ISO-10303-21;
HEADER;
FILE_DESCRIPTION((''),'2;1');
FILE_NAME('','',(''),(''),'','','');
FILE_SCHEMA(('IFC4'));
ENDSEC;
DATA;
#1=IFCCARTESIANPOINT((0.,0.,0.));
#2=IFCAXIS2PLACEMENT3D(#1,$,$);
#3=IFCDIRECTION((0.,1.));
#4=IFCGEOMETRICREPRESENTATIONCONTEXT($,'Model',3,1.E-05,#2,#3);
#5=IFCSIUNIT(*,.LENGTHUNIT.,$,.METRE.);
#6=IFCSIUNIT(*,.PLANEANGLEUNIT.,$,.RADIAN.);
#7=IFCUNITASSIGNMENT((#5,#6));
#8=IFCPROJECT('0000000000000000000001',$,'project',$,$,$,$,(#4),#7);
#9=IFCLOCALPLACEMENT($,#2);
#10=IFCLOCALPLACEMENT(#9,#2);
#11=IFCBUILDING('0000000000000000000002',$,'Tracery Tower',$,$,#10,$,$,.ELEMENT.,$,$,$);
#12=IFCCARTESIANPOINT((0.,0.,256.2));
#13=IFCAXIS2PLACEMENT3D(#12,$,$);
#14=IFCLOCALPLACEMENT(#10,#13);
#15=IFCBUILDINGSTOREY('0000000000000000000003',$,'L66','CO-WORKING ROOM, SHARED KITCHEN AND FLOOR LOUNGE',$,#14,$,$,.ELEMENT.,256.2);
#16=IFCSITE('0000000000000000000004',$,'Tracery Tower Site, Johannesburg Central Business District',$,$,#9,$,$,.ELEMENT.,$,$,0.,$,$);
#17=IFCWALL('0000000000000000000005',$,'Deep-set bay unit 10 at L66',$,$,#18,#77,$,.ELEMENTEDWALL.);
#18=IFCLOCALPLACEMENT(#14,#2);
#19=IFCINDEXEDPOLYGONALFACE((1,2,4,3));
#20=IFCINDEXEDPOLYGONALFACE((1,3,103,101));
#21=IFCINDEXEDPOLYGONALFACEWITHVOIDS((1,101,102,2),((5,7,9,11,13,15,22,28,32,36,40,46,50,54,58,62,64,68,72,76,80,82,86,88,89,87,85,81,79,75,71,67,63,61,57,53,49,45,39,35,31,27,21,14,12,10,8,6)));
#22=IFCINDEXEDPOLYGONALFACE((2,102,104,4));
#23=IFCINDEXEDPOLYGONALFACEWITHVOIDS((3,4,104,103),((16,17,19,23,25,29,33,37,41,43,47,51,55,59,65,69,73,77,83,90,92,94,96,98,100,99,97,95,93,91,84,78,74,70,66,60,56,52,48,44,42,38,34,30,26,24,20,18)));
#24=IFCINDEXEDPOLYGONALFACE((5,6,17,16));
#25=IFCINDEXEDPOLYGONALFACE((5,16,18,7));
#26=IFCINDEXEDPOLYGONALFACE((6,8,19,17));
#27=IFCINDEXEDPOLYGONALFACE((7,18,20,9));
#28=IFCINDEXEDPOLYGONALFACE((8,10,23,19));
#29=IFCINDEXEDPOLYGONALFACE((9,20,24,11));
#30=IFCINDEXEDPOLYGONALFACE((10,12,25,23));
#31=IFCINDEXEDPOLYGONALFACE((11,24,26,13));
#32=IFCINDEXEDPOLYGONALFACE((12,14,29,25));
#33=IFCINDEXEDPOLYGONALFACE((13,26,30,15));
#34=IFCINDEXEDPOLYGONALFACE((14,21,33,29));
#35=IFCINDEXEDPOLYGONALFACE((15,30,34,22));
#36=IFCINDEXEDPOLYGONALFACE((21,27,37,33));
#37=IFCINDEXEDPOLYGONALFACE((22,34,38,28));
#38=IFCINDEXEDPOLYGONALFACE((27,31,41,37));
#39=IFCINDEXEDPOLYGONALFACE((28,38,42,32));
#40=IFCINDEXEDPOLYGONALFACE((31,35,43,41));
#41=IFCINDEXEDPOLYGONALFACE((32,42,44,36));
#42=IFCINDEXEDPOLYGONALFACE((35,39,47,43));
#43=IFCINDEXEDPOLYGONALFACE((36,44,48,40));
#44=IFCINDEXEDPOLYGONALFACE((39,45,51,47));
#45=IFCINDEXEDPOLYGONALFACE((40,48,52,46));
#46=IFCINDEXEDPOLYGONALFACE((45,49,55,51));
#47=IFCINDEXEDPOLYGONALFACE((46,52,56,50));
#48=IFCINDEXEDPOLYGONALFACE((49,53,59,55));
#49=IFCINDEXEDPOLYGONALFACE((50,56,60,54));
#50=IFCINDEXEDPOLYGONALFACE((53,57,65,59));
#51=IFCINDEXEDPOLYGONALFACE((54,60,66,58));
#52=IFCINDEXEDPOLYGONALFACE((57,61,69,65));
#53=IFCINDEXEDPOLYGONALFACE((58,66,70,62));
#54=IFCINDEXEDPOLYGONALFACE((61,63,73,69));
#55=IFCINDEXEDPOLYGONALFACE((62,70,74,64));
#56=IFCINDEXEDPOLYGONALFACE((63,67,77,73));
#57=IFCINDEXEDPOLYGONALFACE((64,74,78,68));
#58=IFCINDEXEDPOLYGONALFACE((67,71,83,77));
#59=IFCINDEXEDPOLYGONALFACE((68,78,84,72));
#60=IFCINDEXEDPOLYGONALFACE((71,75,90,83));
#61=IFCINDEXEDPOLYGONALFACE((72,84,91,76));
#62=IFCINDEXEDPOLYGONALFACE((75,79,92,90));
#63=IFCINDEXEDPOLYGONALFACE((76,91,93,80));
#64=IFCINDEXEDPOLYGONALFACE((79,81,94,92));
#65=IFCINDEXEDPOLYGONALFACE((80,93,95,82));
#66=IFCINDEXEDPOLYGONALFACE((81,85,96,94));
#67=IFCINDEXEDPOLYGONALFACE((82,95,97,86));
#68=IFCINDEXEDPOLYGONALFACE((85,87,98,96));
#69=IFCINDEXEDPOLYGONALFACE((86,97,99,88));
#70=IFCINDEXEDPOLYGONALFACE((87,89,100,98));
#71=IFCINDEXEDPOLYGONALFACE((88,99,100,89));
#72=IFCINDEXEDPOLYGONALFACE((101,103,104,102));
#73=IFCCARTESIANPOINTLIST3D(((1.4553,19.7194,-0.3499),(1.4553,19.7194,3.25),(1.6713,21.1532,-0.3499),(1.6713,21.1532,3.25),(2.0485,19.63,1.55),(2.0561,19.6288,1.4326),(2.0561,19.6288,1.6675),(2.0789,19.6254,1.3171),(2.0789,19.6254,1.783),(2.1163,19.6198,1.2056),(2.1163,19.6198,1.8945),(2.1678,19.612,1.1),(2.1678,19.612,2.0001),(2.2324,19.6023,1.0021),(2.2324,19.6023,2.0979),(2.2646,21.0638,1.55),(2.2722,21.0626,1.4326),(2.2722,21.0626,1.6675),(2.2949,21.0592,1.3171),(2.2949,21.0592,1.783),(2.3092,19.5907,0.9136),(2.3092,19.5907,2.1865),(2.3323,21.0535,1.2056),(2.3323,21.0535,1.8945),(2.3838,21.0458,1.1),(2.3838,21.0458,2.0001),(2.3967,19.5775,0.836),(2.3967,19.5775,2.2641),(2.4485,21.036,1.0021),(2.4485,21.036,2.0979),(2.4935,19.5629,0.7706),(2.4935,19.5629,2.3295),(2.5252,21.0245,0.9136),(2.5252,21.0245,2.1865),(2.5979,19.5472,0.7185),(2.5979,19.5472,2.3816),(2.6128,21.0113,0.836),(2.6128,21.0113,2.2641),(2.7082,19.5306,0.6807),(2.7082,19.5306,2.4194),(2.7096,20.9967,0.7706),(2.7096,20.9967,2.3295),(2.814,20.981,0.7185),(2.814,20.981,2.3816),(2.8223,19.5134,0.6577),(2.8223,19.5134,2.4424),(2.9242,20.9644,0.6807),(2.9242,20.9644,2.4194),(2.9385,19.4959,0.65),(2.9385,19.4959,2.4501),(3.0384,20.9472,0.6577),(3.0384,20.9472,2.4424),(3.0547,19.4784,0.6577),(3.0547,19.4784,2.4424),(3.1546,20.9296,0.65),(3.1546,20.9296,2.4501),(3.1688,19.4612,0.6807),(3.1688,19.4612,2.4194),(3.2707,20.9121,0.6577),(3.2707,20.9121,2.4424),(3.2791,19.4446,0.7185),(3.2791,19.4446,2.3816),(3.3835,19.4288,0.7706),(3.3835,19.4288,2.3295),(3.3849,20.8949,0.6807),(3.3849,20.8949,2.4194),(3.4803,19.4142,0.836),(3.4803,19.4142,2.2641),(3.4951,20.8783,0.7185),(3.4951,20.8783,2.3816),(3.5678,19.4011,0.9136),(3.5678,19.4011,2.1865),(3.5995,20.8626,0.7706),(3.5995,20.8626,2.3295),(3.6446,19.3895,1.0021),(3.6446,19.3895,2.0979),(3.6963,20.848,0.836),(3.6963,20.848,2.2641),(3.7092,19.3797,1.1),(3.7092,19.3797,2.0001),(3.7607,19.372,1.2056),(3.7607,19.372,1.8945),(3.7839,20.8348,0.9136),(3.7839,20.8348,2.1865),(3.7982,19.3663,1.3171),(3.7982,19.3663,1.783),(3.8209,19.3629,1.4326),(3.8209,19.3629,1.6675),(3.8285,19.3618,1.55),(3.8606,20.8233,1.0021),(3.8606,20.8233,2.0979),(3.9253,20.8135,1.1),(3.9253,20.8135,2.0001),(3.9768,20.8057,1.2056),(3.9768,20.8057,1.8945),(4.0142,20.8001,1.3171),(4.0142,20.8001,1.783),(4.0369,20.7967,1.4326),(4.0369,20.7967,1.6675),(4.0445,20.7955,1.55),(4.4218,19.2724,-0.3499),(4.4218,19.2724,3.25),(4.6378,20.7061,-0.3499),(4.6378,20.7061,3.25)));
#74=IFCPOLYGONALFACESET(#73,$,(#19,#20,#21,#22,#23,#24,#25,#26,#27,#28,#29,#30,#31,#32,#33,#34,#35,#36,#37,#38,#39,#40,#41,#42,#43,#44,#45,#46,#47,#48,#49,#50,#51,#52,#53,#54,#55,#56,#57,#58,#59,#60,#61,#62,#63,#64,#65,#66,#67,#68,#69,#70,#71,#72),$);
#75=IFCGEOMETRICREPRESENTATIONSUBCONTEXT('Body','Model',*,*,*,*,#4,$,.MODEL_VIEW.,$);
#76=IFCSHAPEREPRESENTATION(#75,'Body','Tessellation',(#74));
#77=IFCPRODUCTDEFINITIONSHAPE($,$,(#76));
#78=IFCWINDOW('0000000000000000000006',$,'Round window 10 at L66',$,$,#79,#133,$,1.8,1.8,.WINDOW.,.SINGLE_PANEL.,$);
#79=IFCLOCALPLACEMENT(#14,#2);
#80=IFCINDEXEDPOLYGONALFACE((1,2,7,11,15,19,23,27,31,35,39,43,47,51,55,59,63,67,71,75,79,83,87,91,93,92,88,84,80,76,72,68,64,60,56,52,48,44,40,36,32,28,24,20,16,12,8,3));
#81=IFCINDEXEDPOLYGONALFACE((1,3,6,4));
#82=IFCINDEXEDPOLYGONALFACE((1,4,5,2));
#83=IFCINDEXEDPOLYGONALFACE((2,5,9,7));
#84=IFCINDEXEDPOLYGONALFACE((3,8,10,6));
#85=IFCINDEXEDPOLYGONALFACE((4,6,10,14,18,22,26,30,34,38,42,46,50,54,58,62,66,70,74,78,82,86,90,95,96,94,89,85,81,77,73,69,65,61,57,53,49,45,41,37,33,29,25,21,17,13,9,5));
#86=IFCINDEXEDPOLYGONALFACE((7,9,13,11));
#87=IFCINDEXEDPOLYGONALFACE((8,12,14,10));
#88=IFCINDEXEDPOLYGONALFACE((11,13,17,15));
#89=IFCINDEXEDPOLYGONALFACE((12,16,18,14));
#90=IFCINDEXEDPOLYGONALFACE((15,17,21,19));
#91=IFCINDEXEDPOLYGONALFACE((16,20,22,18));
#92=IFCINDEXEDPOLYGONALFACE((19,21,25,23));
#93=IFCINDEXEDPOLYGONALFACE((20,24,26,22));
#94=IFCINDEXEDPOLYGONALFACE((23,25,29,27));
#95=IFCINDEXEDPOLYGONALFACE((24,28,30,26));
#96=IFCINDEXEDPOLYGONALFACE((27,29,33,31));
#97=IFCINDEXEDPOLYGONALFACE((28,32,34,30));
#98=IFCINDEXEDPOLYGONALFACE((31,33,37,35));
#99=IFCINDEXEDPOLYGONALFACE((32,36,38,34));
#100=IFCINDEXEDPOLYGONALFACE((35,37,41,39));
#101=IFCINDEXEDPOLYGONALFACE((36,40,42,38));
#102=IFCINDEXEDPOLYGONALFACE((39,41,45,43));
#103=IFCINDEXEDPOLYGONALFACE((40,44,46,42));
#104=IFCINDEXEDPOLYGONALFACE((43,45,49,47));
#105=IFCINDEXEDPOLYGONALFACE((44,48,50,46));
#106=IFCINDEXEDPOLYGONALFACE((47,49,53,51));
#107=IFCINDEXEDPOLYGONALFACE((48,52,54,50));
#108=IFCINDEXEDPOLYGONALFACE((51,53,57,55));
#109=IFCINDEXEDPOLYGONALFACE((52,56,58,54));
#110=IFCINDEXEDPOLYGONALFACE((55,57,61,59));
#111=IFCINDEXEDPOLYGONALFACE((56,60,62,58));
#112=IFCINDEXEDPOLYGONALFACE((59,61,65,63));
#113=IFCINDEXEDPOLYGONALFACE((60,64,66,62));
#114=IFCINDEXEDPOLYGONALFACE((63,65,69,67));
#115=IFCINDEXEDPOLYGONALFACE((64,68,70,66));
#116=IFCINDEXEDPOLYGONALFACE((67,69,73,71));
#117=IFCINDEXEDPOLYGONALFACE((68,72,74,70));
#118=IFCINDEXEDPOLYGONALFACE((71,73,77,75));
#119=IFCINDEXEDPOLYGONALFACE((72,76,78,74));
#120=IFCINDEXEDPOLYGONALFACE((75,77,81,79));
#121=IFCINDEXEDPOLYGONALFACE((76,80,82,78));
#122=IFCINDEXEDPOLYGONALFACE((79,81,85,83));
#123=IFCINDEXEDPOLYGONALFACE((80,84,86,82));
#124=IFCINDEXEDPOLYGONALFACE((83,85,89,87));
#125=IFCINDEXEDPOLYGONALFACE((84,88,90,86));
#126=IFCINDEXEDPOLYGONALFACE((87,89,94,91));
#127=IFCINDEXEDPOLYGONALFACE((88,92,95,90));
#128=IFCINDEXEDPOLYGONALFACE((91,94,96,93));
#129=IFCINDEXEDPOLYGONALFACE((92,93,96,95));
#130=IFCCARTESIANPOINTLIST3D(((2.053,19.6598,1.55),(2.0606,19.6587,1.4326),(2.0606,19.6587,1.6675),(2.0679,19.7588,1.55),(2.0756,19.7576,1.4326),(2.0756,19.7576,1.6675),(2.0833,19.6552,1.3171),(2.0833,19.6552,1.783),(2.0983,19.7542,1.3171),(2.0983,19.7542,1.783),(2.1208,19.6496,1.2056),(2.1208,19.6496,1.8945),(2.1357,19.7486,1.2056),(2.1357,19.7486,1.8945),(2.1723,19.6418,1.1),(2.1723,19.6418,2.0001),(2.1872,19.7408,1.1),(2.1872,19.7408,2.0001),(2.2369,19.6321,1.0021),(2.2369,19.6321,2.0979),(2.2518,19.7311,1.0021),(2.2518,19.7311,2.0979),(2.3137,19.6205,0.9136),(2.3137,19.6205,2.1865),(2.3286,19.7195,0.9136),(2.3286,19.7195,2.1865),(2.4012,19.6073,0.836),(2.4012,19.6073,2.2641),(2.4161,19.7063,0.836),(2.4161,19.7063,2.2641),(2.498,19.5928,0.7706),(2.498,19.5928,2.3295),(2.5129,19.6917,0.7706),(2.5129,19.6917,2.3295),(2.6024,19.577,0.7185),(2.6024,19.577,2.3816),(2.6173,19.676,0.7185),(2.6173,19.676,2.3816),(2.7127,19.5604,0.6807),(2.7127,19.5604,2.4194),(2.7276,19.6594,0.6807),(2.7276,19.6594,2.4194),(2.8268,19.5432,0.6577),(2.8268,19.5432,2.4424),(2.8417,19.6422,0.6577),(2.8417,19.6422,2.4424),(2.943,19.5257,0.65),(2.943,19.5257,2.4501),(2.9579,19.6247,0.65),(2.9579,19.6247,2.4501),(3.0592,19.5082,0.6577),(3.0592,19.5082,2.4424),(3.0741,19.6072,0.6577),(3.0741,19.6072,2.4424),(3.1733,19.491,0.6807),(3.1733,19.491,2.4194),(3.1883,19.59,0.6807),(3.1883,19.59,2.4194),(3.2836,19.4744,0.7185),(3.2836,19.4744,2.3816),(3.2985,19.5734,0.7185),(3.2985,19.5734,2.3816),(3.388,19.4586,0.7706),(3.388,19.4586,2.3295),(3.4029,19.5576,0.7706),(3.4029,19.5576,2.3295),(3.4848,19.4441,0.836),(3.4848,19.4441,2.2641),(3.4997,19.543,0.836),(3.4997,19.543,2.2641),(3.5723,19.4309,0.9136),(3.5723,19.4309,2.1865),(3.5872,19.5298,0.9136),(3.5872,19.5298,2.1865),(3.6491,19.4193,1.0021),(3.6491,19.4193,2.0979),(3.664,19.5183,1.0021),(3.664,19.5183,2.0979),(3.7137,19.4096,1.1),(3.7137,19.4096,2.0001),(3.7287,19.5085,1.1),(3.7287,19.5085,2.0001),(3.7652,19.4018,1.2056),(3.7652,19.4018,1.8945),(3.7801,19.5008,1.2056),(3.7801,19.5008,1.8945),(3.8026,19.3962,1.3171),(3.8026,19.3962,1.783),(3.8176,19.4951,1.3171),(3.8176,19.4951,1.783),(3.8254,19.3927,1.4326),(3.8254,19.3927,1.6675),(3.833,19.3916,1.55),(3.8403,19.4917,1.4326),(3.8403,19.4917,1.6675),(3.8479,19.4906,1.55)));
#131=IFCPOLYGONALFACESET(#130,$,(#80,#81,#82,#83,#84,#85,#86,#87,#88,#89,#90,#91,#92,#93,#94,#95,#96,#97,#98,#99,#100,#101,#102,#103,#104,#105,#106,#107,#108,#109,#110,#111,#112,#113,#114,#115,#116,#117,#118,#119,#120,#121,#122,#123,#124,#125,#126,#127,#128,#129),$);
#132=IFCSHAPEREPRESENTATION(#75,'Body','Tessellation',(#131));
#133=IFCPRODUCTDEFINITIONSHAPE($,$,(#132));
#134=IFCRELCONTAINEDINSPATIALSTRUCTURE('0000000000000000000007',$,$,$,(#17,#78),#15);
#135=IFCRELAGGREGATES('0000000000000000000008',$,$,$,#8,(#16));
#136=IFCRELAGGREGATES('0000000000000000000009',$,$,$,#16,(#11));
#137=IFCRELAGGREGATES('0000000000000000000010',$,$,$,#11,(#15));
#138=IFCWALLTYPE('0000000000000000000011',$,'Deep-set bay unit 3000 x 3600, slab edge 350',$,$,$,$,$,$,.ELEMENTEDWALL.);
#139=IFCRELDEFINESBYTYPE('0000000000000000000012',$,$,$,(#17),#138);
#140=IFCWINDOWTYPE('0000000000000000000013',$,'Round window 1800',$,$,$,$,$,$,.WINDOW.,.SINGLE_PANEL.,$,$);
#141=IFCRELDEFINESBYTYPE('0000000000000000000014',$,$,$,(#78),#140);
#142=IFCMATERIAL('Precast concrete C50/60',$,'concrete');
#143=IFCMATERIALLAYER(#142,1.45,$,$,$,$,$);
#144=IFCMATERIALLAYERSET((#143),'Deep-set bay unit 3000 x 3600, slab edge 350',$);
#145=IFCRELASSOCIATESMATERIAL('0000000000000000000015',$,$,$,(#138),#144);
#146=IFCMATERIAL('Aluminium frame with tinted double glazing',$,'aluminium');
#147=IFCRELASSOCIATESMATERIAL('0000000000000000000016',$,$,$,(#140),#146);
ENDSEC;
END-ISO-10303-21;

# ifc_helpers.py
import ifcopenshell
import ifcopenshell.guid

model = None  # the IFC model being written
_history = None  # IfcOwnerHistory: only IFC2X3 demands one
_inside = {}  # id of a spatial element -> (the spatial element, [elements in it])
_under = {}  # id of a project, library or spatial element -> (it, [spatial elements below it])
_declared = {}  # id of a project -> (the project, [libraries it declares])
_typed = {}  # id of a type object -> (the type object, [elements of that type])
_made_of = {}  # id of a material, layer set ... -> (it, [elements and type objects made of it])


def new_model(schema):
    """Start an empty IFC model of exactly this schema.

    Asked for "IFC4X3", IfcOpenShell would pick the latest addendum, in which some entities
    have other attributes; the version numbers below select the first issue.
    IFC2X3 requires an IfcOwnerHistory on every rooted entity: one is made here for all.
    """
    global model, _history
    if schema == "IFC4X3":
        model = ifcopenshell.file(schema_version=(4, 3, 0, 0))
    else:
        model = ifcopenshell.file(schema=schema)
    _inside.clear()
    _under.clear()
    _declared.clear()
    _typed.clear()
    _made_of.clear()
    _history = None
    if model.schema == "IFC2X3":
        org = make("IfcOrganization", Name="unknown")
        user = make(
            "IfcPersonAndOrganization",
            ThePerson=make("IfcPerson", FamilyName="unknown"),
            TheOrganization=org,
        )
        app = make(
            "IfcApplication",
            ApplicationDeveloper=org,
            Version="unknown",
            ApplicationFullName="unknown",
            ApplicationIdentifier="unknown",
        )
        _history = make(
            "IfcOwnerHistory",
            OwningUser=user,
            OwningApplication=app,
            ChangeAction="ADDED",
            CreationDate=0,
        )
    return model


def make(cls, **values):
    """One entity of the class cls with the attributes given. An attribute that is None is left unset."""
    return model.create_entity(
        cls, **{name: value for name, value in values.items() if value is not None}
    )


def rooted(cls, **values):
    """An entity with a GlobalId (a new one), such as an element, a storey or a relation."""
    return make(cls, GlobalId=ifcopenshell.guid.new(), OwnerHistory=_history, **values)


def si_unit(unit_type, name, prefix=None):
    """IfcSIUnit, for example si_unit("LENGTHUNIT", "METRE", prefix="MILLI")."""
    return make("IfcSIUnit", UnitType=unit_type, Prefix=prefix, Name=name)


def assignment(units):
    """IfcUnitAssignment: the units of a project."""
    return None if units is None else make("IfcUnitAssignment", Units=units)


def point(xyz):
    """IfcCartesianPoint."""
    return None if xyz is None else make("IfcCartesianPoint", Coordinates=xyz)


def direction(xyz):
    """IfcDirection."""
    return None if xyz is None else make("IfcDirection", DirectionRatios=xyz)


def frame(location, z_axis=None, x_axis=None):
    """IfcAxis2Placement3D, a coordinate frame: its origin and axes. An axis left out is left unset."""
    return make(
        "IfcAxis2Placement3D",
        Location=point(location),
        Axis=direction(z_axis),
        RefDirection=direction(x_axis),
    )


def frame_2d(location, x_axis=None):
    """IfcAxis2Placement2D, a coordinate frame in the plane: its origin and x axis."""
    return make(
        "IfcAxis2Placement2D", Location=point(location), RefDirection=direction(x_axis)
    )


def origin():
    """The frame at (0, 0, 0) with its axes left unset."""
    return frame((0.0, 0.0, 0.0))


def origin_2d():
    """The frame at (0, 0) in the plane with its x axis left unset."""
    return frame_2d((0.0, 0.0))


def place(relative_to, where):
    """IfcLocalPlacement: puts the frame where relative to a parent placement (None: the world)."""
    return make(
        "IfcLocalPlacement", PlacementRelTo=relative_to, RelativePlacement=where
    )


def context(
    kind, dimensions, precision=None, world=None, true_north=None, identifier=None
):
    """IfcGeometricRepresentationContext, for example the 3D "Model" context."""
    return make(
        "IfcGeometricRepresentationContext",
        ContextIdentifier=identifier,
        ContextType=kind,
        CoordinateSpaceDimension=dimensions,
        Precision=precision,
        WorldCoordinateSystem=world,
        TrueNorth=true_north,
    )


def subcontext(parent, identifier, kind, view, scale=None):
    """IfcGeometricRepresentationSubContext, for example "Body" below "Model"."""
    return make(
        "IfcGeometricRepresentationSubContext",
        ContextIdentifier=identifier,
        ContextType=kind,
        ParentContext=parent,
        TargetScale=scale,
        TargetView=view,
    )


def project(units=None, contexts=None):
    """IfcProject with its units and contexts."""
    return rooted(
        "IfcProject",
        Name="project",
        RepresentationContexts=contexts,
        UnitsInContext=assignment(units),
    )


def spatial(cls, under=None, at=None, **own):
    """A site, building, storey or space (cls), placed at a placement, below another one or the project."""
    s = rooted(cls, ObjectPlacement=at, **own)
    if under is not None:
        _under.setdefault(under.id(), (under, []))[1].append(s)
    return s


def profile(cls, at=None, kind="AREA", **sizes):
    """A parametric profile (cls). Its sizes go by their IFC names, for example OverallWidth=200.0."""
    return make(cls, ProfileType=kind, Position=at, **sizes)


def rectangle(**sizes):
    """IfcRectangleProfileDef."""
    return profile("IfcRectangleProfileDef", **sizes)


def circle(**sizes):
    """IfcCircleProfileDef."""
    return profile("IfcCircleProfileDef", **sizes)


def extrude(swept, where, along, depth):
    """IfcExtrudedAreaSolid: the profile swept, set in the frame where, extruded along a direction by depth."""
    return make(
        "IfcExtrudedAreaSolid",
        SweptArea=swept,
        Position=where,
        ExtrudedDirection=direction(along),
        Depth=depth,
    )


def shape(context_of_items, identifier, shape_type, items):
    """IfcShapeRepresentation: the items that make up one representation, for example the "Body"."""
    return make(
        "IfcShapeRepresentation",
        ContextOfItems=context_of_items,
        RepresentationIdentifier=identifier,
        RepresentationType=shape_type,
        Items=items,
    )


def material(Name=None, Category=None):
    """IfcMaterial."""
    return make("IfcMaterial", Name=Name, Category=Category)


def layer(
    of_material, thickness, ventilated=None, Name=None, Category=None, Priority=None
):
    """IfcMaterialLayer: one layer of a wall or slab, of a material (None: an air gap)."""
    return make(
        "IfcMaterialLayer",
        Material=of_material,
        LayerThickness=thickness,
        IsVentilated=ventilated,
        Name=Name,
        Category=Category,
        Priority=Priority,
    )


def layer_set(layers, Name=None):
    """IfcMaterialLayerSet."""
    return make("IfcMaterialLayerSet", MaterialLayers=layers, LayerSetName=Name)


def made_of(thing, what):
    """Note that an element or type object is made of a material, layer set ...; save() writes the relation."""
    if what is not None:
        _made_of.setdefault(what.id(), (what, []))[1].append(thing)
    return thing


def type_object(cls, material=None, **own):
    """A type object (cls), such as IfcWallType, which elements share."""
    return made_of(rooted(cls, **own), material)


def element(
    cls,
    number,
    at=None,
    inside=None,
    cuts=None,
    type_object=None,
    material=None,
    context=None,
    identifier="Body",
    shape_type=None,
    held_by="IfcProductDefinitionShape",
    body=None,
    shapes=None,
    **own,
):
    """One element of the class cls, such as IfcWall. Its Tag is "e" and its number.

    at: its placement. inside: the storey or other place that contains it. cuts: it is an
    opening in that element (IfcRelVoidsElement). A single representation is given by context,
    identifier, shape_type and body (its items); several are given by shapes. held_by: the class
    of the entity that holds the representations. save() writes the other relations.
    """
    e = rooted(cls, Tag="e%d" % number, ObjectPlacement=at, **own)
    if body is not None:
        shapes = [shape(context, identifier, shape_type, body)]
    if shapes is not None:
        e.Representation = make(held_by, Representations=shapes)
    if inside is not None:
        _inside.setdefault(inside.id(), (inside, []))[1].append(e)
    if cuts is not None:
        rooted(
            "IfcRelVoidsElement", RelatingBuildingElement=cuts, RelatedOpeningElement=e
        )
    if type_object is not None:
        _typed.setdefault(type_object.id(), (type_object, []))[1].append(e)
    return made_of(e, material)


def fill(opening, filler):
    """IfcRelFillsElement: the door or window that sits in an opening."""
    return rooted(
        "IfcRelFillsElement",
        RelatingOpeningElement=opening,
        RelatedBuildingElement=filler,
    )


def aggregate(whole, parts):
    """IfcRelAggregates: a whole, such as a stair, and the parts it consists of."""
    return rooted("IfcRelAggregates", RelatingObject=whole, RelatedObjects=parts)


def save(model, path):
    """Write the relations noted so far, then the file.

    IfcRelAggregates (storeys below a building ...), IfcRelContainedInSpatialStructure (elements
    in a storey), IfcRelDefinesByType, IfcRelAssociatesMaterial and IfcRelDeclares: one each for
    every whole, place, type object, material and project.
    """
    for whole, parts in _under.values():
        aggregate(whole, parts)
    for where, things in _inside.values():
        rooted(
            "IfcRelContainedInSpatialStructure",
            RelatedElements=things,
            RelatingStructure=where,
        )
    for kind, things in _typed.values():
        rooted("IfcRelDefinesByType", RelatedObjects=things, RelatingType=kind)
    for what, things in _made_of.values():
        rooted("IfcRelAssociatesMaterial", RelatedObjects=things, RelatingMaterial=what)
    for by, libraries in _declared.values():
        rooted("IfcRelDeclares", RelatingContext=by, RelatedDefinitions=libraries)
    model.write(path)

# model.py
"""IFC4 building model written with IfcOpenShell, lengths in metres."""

from ifc_helpers import new_model, si_unit, direction, frame, frame_2d, origin, origin_2d, place, context, subcontext, project, spatial, rectangle, circle, extrude, material, layer, layer_set, type_object, element, fill, save


model = new_model("IFC4")

# Units and contexts
model_context = context("Model", 3, precision=1e-05, world=origin(), true_north=direction((0.0, 1.0)))
body_context = subcontext(model_context, "Body", "Model", "MODEL_VIEW")
ifc_project = project(units=[si_unit("LENGTHUNIT", "METRE"), si_unit("PLANEANGLEUNIT", "RADIAN")], contexts=[model_context])

# Site, building, storey
site_placement = place(None, origin())
site = spatial("IfcSite", under=ifc_project, at=site_placement, Name="Tracery Tower Site, Johannesburg Central Business District", CompositionType="ELEMENT", RefElevation=0.0)
building_placement = place(site_placement, origin())
building = spatial("IfcBuilding", under=site, at=building_placement, Name="Tracery Tower", CompositionType="ELEMENT")
storey_placement = place(building_placement, frame((0.0, 0.0, 256.2)))
storey = spatial("IfcBuildingStorey", under=building, at=storey_placement, Name="L66", Description="CO-WORKING ROOM, SHARED KITCHEN AND FLOOR LOUNGE", CompositionType="ELEMENT", Elevation=256.2)

# Wall, opening, window
ifc_material_1 = material(Name="Precast concrete C50/60", Category="concrete")
ifc_layer_1 = layer(ifc_material_1, 1.45)
ifc_layer_set_1 = layer_set([ifc_layer_1], Name="Deep-set bay unit 3000 x 3600, slab edge 350")
wall_type_1 = type_object("IfcWallType", Name="Deep-set bay unit 3000 x 3600, slab edge 350", PredefinedType="ELEMENTEDWALL", material=ifc_layer_set_1)
wall_1_placement = place(storey_placement, frame((4.5298, 19.9893, -0.3499), z_axis=(0.0, 0.0, 1.0), x_axis=(-0.988836, 0.149005, 0.0)))
wall_1 = element("IfcWall", 1, at=wall_1_placement, inside=storey, type_object=wall_type_1, Name="Deep-set bay unit 10 at L66", PredefinedType="ELEMENTEDWALL", context=body_context, shape_type="SweptSolid", body=[
    extrude(rectangle(XDim=3.0, YDim=1.45, at=frame_2d((1.5, 0.0))), origin(), (0.0, 0.0, 1.0), 3.5999),
])
opening_1_placement = place(wall_1_placement, frame((1.5, 0.0, 1.8999)))
opening_1 = element("IfcOpeningElement", 2, at=opening_1_placement, cuts=wall_1, PredefinedType="OPENING", context=body_context, shape_type="SweptSolid", body=[
    extrude(circle(Radius=0.9, at=origin_2d()), frame((0.0, 0.7349, 0.0), z_axis=(0.0, -1.0, 0.0), x_axis=(1.0, 0.0, 0.0)), (0.0, 0.0, 1.0), 1.47),
])
ifc_material_2 = material(Name="Aluminium frame with tinted double glazing", Category="aluminium")
window_type = type_object("IfcWindowType", Name="Round window 1800", PartitioningType="SINGLE_PANEL", PredefinedType="WINDOW", material=ifc_material_2)
window_1_placement = place(opening_1_placement, origin())
window_1 = element("IfcWindow", 3, at=window_1_placement, inside=storey, type_object=window_type, Name="Round window 10 at L66", OverallHeight=1.8, OverallWidth=1.8, PartitioningType="SINGLE_PANEL", PredefinedType="WINDOW", context=body_context, shape_type="SweptSolid", body=[
    extrude(circle(Radius=0.9, at=origin_2d()), frame((0.0, 0.6948, 0.0), z_axis=(0.0, -1.0, 0.0), x_axis=(1.0, 0.0, 0.0)), (0.0, 0.0, 1.0), 0.1001),
])
fill(opening_1, window_1)

save(model, "model.ifc")
